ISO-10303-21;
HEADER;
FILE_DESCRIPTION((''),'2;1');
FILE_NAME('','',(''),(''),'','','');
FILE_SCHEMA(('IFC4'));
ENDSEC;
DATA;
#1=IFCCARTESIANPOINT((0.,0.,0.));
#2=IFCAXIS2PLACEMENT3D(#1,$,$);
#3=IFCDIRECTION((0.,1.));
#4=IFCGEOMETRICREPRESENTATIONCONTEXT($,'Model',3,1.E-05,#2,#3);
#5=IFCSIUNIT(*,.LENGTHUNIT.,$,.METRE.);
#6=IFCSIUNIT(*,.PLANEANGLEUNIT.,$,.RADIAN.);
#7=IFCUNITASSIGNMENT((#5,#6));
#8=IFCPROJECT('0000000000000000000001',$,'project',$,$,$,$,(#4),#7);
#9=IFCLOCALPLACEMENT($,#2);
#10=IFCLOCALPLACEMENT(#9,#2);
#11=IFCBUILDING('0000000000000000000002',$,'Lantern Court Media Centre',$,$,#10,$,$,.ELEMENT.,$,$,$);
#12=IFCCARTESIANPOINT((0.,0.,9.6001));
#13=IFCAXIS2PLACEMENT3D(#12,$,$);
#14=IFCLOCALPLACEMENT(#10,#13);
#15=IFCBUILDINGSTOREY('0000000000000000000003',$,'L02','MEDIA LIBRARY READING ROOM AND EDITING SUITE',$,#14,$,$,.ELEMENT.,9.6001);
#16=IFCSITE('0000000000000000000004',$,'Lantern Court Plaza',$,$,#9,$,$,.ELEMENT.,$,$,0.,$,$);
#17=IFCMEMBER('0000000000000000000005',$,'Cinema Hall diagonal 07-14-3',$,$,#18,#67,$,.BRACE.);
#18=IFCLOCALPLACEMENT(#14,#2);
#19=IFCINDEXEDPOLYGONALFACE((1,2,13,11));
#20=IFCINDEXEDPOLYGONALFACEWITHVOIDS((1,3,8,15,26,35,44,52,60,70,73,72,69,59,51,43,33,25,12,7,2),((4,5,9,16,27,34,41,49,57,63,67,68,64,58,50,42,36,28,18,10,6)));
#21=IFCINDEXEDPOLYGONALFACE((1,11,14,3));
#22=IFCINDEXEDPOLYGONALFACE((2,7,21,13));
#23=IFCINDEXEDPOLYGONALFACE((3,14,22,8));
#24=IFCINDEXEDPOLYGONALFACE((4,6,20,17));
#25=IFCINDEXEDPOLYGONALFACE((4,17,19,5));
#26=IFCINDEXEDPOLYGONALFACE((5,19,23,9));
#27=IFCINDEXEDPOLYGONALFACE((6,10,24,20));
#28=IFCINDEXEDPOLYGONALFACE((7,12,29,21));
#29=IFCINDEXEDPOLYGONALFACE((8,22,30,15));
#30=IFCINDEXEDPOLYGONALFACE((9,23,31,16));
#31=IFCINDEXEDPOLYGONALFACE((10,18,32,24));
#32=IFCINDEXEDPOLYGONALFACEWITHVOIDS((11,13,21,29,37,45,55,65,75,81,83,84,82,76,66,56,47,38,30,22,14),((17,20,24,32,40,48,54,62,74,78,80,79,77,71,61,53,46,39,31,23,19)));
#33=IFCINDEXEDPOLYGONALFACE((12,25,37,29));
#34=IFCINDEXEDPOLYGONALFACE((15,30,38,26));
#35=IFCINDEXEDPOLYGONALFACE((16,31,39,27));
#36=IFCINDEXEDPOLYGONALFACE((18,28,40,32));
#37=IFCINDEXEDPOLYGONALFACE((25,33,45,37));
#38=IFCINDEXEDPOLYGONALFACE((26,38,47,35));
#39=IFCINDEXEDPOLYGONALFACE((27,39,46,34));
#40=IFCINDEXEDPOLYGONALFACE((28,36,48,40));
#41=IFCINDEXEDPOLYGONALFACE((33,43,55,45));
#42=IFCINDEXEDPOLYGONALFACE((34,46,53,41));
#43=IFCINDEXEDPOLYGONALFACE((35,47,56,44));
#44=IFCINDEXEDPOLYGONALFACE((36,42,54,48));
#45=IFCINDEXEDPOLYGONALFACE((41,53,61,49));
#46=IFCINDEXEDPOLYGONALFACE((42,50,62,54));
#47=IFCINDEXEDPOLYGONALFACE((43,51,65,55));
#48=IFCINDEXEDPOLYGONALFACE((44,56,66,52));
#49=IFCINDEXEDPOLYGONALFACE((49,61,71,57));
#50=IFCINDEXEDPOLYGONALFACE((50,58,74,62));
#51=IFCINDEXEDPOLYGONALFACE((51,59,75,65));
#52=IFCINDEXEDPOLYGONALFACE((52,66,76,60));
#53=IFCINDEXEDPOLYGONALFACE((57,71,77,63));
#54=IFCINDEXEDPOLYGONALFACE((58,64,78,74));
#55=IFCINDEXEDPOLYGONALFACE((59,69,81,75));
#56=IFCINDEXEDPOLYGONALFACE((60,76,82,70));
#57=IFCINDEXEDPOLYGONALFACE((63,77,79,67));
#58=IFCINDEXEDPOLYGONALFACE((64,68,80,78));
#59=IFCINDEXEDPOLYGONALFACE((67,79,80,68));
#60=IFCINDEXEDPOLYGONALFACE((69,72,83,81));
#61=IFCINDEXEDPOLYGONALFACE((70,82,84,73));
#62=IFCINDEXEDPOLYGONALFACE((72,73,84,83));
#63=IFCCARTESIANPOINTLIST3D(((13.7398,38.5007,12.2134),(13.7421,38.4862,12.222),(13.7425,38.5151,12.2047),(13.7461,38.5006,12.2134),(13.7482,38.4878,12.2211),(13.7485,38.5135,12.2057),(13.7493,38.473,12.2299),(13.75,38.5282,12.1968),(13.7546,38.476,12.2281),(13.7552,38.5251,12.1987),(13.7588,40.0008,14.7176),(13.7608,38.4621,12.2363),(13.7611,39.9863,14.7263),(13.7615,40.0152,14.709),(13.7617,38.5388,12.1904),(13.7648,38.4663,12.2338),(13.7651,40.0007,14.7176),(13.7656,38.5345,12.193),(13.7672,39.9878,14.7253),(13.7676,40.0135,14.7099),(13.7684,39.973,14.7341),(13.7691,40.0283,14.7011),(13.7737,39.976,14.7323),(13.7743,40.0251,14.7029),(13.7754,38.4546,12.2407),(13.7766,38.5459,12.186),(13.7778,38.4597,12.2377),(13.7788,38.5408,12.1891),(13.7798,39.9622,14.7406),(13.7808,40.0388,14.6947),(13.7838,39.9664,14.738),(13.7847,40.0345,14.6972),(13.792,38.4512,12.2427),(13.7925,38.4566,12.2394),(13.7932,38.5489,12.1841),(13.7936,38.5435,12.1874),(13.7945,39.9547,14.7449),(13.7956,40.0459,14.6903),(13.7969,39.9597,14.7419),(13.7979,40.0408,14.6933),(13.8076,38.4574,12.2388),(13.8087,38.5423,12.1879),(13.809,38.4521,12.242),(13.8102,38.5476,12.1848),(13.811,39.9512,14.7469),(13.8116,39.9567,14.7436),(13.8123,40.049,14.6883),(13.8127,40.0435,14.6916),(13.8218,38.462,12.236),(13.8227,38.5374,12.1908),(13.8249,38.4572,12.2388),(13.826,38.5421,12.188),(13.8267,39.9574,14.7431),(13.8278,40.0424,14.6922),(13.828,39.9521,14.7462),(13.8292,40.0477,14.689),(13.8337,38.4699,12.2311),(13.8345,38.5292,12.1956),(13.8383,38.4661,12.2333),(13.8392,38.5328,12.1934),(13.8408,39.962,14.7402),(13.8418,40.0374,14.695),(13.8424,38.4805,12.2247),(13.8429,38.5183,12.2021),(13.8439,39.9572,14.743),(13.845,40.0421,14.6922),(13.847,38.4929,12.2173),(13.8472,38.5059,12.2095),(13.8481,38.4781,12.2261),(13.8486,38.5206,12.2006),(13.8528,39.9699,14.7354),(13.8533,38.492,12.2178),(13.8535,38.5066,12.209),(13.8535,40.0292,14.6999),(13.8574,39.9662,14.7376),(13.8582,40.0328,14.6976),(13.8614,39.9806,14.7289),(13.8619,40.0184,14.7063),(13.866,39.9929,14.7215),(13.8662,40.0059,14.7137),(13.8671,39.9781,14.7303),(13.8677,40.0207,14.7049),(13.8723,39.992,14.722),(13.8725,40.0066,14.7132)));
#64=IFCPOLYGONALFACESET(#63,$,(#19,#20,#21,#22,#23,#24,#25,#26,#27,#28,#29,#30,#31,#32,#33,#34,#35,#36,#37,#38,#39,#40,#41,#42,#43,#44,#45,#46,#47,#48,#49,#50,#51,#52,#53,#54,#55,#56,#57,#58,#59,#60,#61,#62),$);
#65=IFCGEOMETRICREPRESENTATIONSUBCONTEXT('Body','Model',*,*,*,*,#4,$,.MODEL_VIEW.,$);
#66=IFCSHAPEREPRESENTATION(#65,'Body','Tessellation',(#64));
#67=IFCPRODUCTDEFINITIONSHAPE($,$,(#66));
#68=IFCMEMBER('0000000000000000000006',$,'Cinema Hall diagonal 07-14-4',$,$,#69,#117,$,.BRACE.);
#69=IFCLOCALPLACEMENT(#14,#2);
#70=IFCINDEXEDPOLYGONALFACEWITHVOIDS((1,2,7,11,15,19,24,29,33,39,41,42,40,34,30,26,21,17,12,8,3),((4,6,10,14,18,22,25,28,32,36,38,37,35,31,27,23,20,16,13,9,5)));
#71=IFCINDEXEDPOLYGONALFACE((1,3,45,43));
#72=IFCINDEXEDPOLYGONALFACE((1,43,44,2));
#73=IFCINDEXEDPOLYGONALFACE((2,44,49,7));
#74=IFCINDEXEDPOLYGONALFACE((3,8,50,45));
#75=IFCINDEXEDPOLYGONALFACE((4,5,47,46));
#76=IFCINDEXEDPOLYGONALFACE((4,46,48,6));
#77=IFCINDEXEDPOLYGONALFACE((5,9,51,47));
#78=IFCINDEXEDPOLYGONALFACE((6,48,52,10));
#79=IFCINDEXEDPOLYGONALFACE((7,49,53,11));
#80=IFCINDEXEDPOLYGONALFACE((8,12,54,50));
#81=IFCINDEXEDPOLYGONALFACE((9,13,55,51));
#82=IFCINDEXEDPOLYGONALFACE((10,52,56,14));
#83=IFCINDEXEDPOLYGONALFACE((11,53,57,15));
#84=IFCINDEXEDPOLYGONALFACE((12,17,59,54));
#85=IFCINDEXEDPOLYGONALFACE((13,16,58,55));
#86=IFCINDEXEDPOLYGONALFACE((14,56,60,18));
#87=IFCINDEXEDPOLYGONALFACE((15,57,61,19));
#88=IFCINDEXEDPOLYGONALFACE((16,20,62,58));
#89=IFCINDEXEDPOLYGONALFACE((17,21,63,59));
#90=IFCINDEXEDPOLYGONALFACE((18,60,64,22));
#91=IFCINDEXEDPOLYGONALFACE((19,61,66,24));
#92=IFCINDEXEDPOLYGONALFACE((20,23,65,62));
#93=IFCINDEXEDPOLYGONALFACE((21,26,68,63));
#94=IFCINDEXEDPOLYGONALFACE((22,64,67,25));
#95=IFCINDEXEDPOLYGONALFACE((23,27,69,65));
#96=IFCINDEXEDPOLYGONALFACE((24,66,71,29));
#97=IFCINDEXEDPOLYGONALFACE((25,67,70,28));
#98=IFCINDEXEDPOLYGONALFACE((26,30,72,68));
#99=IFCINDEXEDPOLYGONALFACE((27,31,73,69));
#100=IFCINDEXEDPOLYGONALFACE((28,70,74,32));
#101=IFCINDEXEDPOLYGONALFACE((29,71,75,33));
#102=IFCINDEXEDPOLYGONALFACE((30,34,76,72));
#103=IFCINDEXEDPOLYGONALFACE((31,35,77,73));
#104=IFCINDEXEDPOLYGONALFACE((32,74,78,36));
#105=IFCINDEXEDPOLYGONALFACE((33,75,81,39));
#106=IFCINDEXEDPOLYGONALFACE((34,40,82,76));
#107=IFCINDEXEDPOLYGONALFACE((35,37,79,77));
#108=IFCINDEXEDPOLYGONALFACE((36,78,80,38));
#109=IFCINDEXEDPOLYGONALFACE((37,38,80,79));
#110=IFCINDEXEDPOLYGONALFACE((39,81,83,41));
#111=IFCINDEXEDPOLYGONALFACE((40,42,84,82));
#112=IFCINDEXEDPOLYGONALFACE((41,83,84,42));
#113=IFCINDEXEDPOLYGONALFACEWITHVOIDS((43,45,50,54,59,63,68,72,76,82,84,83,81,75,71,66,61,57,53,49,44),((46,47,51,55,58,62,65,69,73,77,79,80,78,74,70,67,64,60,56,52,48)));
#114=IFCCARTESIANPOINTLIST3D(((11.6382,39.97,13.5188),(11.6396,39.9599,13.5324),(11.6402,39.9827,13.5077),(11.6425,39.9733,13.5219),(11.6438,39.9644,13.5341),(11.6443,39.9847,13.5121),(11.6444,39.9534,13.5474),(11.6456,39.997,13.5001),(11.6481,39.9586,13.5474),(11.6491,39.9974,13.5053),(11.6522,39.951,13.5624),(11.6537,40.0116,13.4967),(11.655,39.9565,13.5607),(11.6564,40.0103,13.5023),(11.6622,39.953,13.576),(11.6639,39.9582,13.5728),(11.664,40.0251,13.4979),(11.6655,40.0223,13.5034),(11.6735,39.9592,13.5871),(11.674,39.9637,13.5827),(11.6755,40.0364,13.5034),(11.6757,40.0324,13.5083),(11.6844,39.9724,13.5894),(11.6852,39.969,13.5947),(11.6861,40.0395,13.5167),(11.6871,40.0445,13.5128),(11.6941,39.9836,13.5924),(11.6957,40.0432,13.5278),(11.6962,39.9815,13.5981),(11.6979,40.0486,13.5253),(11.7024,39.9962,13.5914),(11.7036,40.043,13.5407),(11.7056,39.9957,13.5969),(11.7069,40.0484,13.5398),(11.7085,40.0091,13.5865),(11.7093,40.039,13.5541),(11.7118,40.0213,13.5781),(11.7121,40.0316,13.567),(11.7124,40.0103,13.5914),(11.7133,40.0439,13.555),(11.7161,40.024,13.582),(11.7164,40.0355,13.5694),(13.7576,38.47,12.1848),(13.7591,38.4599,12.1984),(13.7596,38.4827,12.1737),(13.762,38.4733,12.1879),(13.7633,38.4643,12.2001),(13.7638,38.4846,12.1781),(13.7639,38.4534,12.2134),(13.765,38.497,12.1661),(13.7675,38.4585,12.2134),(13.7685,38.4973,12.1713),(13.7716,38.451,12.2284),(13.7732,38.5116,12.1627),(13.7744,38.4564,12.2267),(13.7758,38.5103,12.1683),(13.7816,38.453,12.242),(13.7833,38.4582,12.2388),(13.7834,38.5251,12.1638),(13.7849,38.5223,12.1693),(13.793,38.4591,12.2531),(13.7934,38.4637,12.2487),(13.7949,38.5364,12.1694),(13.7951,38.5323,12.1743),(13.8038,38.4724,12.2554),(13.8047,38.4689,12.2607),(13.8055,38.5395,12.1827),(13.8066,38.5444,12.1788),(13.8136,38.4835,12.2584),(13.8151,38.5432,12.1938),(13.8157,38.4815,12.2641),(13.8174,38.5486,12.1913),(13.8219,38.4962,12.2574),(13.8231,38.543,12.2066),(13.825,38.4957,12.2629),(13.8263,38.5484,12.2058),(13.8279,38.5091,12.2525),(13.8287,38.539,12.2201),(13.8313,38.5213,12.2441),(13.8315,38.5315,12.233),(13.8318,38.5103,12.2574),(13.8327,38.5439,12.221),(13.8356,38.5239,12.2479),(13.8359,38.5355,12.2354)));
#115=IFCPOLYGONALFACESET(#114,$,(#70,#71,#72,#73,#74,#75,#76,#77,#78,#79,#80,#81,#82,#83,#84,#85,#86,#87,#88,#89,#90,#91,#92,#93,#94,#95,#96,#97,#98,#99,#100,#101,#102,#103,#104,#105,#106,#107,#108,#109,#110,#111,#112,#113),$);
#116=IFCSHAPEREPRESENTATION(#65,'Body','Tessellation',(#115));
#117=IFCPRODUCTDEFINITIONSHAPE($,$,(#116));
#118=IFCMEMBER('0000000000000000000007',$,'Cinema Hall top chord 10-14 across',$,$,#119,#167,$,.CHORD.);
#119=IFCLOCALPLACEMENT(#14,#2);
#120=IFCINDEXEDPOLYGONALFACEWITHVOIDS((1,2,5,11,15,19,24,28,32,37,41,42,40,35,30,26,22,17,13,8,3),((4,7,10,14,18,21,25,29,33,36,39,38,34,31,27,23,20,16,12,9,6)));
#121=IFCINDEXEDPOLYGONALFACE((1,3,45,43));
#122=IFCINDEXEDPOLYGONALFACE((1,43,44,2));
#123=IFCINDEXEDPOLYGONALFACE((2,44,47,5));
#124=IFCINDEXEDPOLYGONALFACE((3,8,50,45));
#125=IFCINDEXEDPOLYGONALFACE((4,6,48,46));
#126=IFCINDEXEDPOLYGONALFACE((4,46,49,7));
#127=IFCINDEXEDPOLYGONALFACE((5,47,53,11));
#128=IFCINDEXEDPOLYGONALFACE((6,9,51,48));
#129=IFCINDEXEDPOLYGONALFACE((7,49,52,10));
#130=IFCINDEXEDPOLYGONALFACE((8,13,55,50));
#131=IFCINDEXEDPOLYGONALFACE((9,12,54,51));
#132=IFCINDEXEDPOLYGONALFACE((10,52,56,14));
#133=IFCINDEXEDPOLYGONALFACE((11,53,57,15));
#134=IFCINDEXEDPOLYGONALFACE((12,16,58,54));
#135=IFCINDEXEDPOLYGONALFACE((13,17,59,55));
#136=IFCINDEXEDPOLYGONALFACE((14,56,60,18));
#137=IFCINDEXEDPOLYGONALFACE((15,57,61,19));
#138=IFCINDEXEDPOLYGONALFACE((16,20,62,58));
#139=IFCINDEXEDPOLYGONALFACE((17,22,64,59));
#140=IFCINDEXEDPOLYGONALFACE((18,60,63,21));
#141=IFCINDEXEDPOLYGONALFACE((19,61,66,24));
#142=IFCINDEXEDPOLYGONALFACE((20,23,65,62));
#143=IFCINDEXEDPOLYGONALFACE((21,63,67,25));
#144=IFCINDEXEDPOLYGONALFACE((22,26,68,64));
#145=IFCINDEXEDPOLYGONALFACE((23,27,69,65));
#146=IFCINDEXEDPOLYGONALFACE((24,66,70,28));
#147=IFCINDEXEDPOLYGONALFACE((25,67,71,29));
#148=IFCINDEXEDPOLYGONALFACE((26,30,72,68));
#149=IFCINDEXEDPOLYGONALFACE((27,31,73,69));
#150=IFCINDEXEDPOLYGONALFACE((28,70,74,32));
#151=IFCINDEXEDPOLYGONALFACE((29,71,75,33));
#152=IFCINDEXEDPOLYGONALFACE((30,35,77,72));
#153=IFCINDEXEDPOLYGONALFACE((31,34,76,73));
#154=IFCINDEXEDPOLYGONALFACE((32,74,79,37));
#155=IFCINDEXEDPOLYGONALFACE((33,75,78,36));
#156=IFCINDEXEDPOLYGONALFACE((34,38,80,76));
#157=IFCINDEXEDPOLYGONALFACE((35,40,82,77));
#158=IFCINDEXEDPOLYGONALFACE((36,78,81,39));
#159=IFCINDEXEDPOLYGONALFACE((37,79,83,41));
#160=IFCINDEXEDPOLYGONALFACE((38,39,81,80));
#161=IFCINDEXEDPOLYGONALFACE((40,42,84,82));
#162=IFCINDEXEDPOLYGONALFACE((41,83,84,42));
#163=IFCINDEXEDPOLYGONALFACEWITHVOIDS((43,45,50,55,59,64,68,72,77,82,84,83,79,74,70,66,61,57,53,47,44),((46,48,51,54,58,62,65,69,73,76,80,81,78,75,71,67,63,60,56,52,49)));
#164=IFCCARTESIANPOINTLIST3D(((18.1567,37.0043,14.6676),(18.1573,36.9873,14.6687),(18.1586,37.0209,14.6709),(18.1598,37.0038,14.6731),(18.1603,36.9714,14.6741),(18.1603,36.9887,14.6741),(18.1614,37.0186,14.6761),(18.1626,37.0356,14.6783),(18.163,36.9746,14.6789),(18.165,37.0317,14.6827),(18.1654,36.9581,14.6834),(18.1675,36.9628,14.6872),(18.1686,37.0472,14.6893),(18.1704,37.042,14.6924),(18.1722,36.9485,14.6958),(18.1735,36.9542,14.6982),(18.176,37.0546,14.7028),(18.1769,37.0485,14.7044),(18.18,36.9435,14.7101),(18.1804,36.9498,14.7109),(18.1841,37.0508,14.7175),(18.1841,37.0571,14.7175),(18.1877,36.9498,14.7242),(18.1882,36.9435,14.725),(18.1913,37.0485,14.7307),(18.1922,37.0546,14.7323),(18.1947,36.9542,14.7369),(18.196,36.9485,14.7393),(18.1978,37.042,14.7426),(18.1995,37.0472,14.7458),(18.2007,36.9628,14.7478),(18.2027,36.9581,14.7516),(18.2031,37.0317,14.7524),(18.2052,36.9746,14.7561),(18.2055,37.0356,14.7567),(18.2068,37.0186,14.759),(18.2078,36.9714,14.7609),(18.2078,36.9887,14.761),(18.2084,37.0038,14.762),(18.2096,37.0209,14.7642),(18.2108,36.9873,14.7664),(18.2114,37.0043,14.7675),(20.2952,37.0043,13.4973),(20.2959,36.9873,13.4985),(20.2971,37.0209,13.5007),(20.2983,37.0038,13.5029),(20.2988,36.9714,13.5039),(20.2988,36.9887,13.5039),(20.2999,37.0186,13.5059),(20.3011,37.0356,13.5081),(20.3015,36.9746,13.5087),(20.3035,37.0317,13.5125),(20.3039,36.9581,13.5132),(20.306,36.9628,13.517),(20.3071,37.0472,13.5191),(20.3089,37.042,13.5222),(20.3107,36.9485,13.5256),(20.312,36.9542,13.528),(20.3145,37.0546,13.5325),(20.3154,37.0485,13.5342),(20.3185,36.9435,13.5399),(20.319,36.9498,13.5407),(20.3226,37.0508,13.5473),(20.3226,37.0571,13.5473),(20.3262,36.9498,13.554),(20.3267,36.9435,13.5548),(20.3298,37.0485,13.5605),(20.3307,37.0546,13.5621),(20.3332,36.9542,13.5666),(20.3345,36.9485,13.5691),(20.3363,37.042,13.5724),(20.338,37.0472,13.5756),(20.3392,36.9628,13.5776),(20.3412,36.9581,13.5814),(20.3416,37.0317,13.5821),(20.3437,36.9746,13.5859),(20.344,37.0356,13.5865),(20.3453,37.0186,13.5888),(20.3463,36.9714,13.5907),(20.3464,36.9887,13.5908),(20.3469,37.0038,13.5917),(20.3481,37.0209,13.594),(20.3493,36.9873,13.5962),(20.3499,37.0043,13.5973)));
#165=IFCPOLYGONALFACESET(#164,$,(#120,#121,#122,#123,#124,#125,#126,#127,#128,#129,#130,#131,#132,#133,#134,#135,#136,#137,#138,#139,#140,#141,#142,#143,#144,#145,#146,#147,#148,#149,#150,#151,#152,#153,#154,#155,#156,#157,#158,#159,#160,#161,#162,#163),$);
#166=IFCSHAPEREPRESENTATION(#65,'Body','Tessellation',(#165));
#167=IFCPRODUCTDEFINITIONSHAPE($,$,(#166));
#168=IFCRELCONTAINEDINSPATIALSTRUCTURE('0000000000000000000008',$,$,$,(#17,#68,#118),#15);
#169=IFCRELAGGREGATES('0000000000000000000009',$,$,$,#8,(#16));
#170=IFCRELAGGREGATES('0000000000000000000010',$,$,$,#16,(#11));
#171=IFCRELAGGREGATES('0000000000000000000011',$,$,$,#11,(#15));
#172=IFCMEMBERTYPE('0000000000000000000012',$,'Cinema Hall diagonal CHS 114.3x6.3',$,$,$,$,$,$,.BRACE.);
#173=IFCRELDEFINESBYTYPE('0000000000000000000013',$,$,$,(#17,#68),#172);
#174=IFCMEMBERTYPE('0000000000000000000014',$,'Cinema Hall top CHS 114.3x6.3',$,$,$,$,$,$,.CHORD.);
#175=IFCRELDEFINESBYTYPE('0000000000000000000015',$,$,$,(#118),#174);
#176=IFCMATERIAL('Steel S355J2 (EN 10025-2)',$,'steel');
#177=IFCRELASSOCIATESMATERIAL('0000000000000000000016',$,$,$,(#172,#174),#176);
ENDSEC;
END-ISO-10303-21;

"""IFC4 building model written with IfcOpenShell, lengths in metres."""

from ifc_helpers import new_model, si_unit, direction, frame, origin, origin_2d, place, context, subcontext, project, spatial, hollow_circle, extrude, material, material_profile, profile_set, type_object, element, save


model = new_model("IFC4")

# Units and contexts
model_context = context("Model", 3, precision=1e-05, world=origin(), true_north=direction((0.0, 1.0)))
body_context = subcontext(model_context, "Body", "Model", "MODEL_VIEW")
ifc_project = project(units=[si_unit("LENGTHUNIT", "METRE"), si_unit("PLANEANGLEUNIT", "RADIAN")], contexts=[model_context])

# Site, building, storey
site_placement = place(None, origin())
site = spatial("IfcSite", under=ifc_project, at=site_placement, Name="Lantern Court Plaza", CompositionType="ELEMENT", RefElevation=0.0)
building_placement = place(site_placement, origin())
building = spatial("IfcBuilding", under=site, at=building_placement, Name="Lantern Court Media Centre", CompositionType="ELEMENT")
storey_placement = place(building_placement, frame((0.0, 0.0, 9.6001)))
storey = spatial("IfcBuildingStorey", under=building, at=storey_placement, Name="L02", Description="MEDIA LIBRARY READING ROOM AND EDITING SUITE", CompositionType="ELEMENT", Elevation=9.6001)

# Members
ifc_material = material(Name="Steel S355J2 (EN 10025-2)", Category="steel")
ifc_material_profile_1 = material_profile(ifc_material, hollow_circle(Radius=0.0571, WallThickness=0.0063, at=origin_2d()), Name="Cinema Hall diagonal CHS 114.3x6.3")
ifc_profile_set_1 = profile_set([ifc_material_profile_1], Name="Steel S355J2 (EN 10025-2)")
member_type_1 = type_object("IfcMemberType", Name="Cinema Hall diagonal CHS 114.3x6.3", PredefinedType="BRACE", material=ifc_profile_set_1)
for number, where, z_axis, x_axis, name in (
    (1, (13.7969, 38.5, 12.2134), (0.006524, 0.513857, 0.857851), (-0.999919, 0.012694, 0.0), "Cinema Hall diagonal 07-14-3"),
    (2, (13.7969, 38.5, 12.2134), (-0.726034, 0.513852, 0.45698), (-0.577702, -0.816248, 0.0), "Cinema Hall diagonal 07-14-4"),
):
    element("IfcMember", number, at=place(storey_placement, frame(where, z_axis=z_axis, x_axis=x_axis)), inside=storey, type_object=member_type_1, Name=name, PredefinedType="BRACE", context=body_context, shape_type="SweptSolid", body=[
        extrude(hollow_circle(Radius=0.0571, WallThickness=0.0063, at=origin_2d()), origin(), (0.0, 0.0, 1.0), 2.9192),
    ])
ifc_material_profile_2 = material_profile(ifc_material, hollow_circle(Radius=0.0571, WallThickness=0.0063, at=origin_2d()), Name="Cinema Hall top CHS 114.3x6.3")
ifc_profile_set_2 = profile_set([ifc_material_profile_2], Name="Steel S355J2 (EN 10025-2)")
member_type_2 = type_object("IfcMemberType", Name="Cinema Hall top CHS 114.3x6.3", PredefinedType="CHORD", material=ifc_profile_set_2)
for number, where, z_axis, x_axis, name in (
    (3, (18.1841, 37.0, 14.7175), (0.877248, 0.0, -0.480038), (0.0, 1.0, 0.0), "Cinema Hall top chord 10-14 across"),
):
    element("IfcMember", number, at=place(storey_placement, frame(where, z_axis=z_axis, x_axis=x_axis)), inside=storey, type_object=member_type_2, Name=name, PredefinedType="CHORD", context=body_context, shape_type="SweptSolid", body=[
        extrude(hollow_circle(Radius=0.0571, WallThickness=0.0063, at=origin_2d()), origin(), (0.0, 0.0, 1.0), 2.4377),
    ])

save(model, "model.ifc")
